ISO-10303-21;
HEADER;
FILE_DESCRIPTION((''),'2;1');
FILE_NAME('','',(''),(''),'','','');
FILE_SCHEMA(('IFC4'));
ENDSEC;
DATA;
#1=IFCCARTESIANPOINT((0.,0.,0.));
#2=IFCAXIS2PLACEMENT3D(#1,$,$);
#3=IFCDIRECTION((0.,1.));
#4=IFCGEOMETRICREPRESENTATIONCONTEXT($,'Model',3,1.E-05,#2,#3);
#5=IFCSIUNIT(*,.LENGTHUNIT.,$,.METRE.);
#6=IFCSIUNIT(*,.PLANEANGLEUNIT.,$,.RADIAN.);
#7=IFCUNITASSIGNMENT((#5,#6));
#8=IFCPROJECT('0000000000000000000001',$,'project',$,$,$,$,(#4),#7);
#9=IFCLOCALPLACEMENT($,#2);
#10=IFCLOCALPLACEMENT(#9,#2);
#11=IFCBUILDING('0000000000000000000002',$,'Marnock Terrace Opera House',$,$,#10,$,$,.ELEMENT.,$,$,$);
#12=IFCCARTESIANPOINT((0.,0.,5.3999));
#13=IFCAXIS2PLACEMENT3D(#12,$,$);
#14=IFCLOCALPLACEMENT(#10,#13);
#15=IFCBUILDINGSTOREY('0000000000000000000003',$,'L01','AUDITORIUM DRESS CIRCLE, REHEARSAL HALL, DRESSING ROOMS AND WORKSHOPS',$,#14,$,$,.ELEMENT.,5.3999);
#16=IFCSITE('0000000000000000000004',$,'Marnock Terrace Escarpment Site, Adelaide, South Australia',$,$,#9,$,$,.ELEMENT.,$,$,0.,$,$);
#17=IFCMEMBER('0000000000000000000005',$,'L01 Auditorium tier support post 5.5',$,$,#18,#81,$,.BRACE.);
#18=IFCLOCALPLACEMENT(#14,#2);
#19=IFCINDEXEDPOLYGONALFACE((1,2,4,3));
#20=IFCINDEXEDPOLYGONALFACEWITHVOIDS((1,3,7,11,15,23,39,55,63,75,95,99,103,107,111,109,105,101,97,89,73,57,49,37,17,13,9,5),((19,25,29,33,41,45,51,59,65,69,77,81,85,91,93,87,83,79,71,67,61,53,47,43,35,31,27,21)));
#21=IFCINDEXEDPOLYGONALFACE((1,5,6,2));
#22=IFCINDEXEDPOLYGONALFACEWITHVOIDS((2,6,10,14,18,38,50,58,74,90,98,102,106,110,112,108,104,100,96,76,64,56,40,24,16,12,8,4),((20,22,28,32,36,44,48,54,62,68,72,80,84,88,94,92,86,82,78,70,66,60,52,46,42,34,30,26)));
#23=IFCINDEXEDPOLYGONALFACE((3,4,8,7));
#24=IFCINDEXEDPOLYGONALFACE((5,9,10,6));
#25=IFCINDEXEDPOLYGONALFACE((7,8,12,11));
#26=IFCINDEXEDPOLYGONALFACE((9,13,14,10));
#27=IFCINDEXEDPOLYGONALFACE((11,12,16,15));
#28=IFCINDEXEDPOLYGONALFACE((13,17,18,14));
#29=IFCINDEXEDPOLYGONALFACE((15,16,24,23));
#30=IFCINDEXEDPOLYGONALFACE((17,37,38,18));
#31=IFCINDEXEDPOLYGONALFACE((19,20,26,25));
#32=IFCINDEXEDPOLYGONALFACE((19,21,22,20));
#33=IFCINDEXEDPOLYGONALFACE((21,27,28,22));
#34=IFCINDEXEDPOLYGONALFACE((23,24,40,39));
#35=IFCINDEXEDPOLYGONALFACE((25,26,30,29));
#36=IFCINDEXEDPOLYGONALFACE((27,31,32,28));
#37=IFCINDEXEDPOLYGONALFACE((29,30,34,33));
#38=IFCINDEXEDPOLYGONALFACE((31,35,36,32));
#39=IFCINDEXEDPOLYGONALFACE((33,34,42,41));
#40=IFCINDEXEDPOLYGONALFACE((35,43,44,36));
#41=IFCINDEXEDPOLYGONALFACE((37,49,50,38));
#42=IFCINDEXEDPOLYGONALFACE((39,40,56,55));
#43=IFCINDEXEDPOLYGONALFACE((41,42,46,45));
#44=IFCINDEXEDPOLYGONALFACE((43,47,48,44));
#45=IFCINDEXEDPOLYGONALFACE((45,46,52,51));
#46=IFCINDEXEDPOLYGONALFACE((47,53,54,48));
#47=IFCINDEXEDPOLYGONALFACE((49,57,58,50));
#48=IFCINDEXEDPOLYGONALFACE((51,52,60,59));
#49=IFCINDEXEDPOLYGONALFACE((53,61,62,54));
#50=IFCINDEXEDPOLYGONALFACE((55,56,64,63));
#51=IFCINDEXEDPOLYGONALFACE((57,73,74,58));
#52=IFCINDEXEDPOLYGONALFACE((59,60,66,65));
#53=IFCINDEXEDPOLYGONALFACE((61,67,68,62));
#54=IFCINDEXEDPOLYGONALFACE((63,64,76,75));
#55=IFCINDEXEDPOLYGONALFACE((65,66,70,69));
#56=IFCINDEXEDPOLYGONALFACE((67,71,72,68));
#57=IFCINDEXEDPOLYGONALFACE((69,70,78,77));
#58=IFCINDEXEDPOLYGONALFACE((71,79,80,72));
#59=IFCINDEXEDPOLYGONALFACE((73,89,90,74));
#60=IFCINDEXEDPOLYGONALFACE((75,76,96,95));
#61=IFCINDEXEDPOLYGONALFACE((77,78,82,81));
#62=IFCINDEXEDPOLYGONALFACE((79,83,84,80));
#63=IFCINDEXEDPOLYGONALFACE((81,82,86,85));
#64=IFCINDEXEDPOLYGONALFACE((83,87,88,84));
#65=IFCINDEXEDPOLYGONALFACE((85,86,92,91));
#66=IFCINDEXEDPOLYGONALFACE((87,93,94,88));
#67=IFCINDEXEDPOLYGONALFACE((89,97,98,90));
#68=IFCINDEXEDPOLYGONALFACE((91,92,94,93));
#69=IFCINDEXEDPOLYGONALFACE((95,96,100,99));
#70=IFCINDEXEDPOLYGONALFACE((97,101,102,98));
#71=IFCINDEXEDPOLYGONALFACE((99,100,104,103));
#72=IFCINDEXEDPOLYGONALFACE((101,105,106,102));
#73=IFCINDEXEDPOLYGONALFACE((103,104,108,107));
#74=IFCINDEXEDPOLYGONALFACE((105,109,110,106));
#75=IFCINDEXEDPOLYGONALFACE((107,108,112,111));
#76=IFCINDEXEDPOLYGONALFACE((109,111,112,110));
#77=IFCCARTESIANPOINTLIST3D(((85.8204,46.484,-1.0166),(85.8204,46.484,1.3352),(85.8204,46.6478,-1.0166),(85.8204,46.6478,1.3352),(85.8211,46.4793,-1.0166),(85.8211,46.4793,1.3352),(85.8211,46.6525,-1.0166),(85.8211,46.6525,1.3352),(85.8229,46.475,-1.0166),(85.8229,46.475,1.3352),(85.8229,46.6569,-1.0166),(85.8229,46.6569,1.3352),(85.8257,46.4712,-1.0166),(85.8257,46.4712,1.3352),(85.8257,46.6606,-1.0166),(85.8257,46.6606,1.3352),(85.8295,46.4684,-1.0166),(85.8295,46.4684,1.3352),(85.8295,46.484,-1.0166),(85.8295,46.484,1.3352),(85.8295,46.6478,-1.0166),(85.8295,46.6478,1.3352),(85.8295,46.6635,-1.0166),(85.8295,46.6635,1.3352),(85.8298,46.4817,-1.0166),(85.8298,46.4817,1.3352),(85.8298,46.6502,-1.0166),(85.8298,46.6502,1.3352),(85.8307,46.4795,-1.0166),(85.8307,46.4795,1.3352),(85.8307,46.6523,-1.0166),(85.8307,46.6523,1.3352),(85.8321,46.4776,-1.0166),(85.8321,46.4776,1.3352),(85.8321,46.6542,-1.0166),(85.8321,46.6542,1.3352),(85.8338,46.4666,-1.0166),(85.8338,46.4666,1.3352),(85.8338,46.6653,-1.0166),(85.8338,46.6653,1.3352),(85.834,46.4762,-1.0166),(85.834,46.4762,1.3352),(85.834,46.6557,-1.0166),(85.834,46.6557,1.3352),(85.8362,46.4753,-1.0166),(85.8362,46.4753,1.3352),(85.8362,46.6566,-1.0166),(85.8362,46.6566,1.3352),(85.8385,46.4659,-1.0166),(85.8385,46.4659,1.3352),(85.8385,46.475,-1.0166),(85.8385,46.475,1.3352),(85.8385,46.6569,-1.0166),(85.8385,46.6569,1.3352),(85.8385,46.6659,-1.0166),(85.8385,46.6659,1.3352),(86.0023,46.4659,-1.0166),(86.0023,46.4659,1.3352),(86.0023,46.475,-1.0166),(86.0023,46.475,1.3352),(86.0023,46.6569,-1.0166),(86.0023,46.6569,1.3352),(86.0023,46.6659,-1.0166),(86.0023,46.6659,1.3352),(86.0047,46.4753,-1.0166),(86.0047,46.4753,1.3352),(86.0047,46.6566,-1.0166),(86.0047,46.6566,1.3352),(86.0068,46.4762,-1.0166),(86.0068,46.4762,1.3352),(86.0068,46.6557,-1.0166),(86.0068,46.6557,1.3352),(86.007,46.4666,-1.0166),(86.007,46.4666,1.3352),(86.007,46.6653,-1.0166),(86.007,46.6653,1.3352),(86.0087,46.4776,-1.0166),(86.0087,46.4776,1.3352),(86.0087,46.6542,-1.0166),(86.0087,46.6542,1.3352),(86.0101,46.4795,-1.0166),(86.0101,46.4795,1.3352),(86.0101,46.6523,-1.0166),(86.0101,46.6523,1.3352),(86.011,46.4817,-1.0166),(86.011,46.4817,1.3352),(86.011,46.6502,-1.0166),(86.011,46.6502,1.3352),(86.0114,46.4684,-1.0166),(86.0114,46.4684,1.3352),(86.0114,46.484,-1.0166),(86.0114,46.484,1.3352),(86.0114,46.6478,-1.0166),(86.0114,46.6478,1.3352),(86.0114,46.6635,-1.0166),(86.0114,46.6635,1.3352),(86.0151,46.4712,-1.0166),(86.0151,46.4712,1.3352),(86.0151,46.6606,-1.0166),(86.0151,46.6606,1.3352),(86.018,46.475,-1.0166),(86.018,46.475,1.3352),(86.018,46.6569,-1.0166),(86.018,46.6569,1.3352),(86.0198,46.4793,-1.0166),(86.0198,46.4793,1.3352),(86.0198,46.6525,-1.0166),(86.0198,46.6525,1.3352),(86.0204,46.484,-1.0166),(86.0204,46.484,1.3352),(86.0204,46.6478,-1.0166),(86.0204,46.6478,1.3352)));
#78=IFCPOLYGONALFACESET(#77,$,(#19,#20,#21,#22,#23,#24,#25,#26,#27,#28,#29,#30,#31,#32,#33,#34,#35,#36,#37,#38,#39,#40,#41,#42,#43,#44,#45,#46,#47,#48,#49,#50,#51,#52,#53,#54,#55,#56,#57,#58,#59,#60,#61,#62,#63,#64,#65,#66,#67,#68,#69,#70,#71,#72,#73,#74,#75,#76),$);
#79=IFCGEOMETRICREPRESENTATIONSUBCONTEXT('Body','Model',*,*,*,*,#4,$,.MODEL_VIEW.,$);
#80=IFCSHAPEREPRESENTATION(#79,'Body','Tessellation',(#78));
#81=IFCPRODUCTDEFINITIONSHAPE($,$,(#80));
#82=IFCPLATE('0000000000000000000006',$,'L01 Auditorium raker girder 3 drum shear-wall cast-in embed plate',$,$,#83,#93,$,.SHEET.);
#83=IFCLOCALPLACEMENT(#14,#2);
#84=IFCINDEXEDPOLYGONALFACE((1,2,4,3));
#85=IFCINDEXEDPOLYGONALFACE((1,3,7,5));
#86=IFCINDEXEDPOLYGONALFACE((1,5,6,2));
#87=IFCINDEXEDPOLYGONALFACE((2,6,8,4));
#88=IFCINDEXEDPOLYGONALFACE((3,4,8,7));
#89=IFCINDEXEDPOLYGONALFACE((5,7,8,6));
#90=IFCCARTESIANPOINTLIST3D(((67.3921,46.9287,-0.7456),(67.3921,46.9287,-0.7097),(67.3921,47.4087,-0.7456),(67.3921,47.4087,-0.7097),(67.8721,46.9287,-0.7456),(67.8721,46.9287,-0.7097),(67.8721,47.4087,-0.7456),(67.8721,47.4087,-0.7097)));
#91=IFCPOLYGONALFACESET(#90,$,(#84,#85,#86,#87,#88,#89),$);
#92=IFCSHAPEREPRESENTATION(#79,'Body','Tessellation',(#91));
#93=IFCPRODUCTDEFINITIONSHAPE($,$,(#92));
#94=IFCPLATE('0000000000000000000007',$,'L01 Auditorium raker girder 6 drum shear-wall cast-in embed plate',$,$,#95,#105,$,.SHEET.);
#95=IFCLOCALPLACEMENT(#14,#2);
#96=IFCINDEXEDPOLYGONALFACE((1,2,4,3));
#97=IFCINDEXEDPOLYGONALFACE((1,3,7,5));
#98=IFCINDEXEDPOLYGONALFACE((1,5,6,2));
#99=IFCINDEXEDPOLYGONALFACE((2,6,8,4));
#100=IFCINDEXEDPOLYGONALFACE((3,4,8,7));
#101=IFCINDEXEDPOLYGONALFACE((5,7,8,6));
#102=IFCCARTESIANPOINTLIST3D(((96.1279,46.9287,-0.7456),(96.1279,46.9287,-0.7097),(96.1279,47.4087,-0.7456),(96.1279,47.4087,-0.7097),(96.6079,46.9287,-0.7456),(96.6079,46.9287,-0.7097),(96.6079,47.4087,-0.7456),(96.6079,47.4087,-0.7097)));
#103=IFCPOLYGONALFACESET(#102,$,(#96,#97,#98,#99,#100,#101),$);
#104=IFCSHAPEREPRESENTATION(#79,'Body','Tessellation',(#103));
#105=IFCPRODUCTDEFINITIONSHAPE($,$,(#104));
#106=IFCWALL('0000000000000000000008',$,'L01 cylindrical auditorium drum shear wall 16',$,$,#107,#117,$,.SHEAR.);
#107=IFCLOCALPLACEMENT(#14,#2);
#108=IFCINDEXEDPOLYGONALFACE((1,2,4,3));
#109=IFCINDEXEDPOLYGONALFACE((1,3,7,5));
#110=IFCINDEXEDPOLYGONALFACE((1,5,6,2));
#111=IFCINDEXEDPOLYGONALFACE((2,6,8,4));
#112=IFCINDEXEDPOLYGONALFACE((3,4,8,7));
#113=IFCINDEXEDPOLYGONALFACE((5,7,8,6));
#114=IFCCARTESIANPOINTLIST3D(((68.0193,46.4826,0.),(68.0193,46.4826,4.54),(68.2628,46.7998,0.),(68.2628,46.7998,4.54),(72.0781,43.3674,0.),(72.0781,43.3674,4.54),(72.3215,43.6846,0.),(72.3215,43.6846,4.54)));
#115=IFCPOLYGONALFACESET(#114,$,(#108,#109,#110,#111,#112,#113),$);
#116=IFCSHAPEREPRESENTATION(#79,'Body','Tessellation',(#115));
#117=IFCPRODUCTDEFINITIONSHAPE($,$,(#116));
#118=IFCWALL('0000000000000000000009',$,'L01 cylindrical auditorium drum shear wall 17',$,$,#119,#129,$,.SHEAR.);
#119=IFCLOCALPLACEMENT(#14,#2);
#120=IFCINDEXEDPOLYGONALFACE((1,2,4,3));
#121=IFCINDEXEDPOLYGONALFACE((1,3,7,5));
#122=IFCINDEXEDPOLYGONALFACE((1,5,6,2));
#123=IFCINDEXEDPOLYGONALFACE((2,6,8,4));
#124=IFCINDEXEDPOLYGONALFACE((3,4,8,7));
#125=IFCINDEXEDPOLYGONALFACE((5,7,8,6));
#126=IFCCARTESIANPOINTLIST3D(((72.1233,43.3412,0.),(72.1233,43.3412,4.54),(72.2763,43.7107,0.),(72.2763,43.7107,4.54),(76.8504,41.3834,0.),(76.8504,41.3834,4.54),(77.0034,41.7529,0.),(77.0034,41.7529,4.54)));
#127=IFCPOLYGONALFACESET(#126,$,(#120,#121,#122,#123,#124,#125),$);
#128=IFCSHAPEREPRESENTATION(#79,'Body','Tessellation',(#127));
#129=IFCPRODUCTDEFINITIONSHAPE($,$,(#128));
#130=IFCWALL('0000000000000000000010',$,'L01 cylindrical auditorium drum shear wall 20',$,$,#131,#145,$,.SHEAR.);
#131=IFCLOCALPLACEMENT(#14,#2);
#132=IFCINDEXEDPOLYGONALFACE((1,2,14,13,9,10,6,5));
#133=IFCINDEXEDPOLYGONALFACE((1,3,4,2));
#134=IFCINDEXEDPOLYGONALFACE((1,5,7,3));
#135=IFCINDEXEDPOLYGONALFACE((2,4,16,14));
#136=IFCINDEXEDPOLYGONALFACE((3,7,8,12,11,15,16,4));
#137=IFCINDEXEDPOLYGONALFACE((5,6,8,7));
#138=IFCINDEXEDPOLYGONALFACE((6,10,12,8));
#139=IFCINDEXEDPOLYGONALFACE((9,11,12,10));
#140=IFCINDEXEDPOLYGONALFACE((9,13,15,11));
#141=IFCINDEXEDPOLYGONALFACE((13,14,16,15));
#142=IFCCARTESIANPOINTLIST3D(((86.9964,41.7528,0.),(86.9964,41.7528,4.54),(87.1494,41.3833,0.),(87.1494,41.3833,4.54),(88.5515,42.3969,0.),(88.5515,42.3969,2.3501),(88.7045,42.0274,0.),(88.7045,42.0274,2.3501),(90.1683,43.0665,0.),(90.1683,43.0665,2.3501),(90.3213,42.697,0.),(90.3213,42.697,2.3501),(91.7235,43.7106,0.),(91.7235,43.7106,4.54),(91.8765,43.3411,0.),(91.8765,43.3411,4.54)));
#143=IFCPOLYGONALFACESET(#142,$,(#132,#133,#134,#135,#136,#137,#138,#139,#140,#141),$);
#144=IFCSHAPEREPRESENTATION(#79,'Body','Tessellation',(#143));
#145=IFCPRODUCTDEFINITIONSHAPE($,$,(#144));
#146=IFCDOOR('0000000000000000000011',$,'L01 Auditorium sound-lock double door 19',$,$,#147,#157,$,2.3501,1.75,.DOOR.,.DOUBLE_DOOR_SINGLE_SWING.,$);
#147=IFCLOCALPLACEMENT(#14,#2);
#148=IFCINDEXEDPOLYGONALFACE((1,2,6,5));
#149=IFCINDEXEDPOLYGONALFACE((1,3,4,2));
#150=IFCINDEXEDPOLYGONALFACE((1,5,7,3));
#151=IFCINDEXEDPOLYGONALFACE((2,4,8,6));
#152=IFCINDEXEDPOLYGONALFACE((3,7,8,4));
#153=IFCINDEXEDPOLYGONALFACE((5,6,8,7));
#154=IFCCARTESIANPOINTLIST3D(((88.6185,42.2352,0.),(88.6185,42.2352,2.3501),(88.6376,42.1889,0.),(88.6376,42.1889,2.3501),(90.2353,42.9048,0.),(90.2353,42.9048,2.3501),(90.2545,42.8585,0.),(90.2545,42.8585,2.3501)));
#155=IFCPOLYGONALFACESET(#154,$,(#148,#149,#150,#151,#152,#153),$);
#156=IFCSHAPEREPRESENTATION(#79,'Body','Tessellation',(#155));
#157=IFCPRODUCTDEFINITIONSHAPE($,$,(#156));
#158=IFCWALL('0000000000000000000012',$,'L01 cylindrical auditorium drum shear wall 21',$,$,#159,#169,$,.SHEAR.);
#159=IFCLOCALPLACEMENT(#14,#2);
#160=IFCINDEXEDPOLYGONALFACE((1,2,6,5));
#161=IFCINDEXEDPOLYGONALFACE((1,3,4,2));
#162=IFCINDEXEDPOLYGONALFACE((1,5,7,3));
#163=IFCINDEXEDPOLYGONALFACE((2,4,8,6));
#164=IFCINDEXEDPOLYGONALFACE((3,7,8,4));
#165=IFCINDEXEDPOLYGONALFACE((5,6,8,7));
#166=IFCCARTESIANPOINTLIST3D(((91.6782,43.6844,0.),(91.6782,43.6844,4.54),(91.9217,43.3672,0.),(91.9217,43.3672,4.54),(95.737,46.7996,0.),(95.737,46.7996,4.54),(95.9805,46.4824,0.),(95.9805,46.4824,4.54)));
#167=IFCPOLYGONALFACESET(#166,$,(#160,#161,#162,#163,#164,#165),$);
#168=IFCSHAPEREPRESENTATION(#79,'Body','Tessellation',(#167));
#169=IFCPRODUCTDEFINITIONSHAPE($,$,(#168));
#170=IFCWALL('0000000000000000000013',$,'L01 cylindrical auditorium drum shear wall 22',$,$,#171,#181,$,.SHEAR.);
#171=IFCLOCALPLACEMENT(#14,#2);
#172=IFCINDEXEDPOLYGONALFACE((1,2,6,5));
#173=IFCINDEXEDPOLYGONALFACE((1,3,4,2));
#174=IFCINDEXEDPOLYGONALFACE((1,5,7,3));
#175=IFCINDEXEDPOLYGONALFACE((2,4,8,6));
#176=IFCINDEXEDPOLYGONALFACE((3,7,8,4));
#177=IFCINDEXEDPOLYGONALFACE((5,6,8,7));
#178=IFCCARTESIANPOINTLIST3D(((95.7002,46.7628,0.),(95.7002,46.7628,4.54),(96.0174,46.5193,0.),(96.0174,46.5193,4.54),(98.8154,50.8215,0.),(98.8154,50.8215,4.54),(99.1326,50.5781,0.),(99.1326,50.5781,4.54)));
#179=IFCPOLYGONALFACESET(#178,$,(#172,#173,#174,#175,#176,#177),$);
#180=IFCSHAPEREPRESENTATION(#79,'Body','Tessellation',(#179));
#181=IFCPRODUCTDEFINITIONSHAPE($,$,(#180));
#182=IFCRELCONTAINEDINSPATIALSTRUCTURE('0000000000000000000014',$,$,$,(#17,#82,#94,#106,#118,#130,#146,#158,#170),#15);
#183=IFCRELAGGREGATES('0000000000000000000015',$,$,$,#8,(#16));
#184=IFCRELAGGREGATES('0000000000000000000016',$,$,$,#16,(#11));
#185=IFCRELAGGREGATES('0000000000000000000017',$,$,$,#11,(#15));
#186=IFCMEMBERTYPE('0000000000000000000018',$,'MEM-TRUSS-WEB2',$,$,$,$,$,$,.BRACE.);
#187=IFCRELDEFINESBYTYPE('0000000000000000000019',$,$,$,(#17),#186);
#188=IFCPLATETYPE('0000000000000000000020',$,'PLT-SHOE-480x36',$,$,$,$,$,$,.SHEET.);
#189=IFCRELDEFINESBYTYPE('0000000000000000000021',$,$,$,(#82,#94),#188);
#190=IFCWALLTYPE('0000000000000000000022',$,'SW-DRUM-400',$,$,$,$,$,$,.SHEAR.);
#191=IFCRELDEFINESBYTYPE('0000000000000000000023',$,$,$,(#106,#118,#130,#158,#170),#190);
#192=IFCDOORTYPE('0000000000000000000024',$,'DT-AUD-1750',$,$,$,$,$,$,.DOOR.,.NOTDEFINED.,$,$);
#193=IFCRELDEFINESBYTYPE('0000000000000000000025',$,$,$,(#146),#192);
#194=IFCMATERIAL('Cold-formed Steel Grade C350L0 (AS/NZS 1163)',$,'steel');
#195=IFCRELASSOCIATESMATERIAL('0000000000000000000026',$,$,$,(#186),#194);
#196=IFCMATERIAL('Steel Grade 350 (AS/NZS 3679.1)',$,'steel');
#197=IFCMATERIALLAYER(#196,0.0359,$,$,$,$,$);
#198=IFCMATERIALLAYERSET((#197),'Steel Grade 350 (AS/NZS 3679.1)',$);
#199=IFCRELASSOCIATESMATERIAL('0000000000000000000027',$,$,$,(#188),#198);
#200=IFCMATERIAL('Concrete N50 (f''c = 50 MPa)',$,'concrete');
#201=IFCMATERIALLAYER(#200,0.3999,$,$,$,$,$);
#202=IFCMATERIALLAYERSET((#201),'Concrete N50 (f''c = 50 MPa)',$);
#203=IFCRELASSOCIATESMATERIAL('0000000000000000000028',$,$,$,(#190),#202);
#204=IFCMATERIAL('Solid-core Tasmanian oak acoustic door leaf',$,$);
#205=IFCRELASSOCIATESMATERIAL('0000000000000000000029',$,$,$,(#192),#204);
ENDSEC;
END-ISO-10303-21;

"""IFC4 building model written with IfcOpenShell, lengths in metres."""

from ifc_helpers import new_model, si_unit, direction, frame, frame_2d, origin, origin_2d, place, context, subcontext, project, spatial, rectangle, hollow_rectangle, extrude, material, layer, layer_set, material_profile, profile_set, type_object, element, fill, save


model = new_model("IFC4")

# Units and contexts
model_context = context("Model", 3, precision=1e-05, world=origin(), true_north=direction((0.0, 1.0)))
body_context = subcontext(model_context, "Body", "Model", "MODEL_VIEW")
ifc_project = project(units=[si_unit("LENGTHUNIT", "METRE"), si_unit("PLANEANGLEUNIT", "RADIAN")], contexts=[model_context])

# Site, building, storey
site_placement = place(None, origin())
site = spatial("IfcSite", under=ifc_project, at=site_placement, Name="Marnock Terrace Escarpment Site, Adelaide, South Australia", CompositionType="ELEMENT", RefElevation=0.0)
building_placement = place(site_placement, origin())
building = spatial("IfcBuilding", under=site, at=building_placement, Name="Marnock Terrace Opera House", CompositionType="ELEMENT")
storey_placement = place(building_placement, frame((0.0, 0.0, 5.3999)))
storey = spatial("IfcBuildingStorey", under=building, at=storey_placement, Name="L01", Description="AUDITORIUM DRESS CIRCLE, REHEARSAL HALL, DRESSING ROOMS AND WORKSHOPS", CompositionType="ELEMENT", Elevation=5.3999)

# Shared definitions
ifc_material_1 = material(Name="Concrete N50 (f'c = 50 MPa)", Category="concrete")

# Shared definitions
ifc_material_2 = material(Name="Steel Grade 350 (AS/NZS 3679.1)", Category="steel")

# Member
ifc_material_3 = material(Name="Cold-formed Steel Grade C350L0 (AS/NZS 1163)", Category="steel")
ifc_material_profile_1 = material_profile(ifc_material_3, hollow_rectangle(XDim=0.2, YDim=0.2, WallThickness=0.009, InnerFilletRadius=0.009, OuterFilletRadius=0.0181, at=origin_2d()))
ifc_profile_set_1 = profile_set([ifc_material_profile_1], Name="Cold-formed Steel Grade C350L0 (AS/NZS 1163)")
member_type = type_object("IfcMemberType", Name="MEM-TRUSS-WEB2", PredefinedType="BRACE", material=ifc_profile_set_1)
member_1_placement = place(storey_placement, frame((85.9204, 46.5659, -1.0166), z_axis=(0.0, 0.0, 1.0), x_axis=(1.0, 0.0, 0.0)))
element("IfcMember", 1, at=member_1_placement, inside=storey, type_object=member_type, Name="L01 Auditorium tier support post 5.5", PredefinedType="BRACE", context=body_context, shape_type="SweptSolid", body=[
    extrude(hollow_rectangle(XDim=0.2, YDim=0.2, WallThickness=0.009, InnerFilletRadius=0.009, OuterFilletRadius=0.0181, at=origin_2d()), origin(), (0.0, 0.0, 1.0), 2.3518),
])

# Plates
ifc_layer_1 = layer(ifc_material_2, 0.0359)
ifc_layer_set_1 = layer_set([ifc_layer_1], Name="Steel Grade 350 (AS/NZS 3679.1)")
plate_type = type_object("IfcPlateType", Name="PLT-SHOE-480x36", PredefinedType="SHEET", material=ifc_layer_set_1)
for number, where, z_axis, x_axis, name in (
    (2, (67.6321, 47.1687, -0.7456), (0.0, 0.0, 1.0), (1.0, 0.0, 0.0), "L01 Auditorium raker girder 3 drum shear-wall cast-in embed plate"),
    (3, (96.3679, 47.1687, -0.7456), (0.0, 0.0, 1.0), (1.0, 0.0, 0.0), "L01 Auditorium raker girder 6 drum shear-wall cast-in embed plate"),
):
    element("IfcPlate", number, at=place(storey_placement, frame(where, z_axis=z_axis, x_axis=x_axis)), inside=storey, type_object=plate_type, Name=name, PredefinedType="SHEET", context=body_context, shape_type="SweptSolid", body=[
        extrude(rectangle(XDim=0.48, YDim=0.48, at=origin_2d()), origin(), (0.0, 0.0, 1.0), 0.0359),
    ])

# Walls
ifc_layer_2 = layer(ifc_material_1, 0.3999)
ifc_layer_set_2 = layer_set([ifc_layer_2], Name="Concrete N50 (f'c = 50 MPa)")
wall_type = type_object("IfcWallType", Name="SW-DRUM-400", PredefinedType="SHEAR", material=ifc_layer_set_2)
for number, where, z_axis, x_axis, name in (
    (4, (68.1411, 46.6411, 0.0), (0.0, 0.0, 1.0), (0.79328, -0.608857, 0.0), "L01 cylindrical auditorium drum shear wall 16"),
    (5, (72.2, 43.5259, 0.0), (0.0, 0.0, 1.0), (0.923896, -0.382643, 0.0), "L01 cylindrical auditorium drum shear wall 17"),
):
    element("IfcWall", number, at=place(storey_placement, frame(where, z_axis=z_axis, x_axis=x_axis)), inside=storey, type_object=wall_type, Name=name, PredefinedType="SHEAR", context=body_context, shape_type="SweptSolid", body=[
        extrude(rectangle(XDim=5.1165, YDim=0.3999, at=frame_2d((2.5581, 0.0))), origin(), (0.0, 0.0, 1.0), 4.54),
    ])

# Wall, opening, door
wall_placement = place(storey_placement, frame((87.073, 41.5681, 0.0), z_axis=(0.0, 0.0, 1.0), x_axis=(0.923896, 0.382643, 0.0)))
wall = element("IfcWall", 6, at=wall_placement, inside=storey, type_object=wall_type, Name="L01 cylindrical auditorium drum shear wall 20", PredefinedType="SHEAR", context=body_context, shape_type="SweptSolid", body=[
    extrude(rectangle(XDim=5.1165, YDim=0.3999, at=frame_2d((2.5581, 0.0))), origin(), (0.0, 0.0, 1.0), 4.54),
])
opening_placement = place(wall_placement, frame((1.6831, 0.0, 0.0)))
opening = element("IfcOpeningElement", 7, at=opening_placement, cuts=wall, PredefinedType="OPENING", context=body_context, shape_type="SweptSolid", body=[
    extrude(rectangle(XDim=1.75, YDim=2.3501, at=frame_2d((0.875, 1.175))), frame((0.0, 0.21, 0.0), z_axis=(0.0, -1.0, 0.0), x_axis=(1.0, 0.0, 0.0)), (0.0, 0.0, 1.0), 0.4199),
])
ifc_material_4 = material(Name="Solid-core Tasmanian oak acoustic door leaf")
door_type = type_object("IfcDoorType", Name="DT-AUD-1750", OperationType="NOTDEFINED", PredefinedType="DOOR", material=ifc_material_4)
door_placement = place(opening_placement, origin())
door = element("IfcDoor", 8, at=door_placement, inside=storey, type_object=door_type, Name="L01 Auditorium sound-lock double door 19", OperationType="DOUBLE_DOOR_SINGLE_SWING", OverallHeight=2.3501, OverallWidth=1.75, PredefinedType="DOOR", context=body_context, shape_type="SweptSolid", body=[
    extrude(rectangle(XDim=1.75, YDim=2.3501, at=frame_2d((0.875, 1.175))), frame((0.0, 0.0249, 0.0), z_axis=(0.0, -1.0, 0.0), x_axis=(1.0, 0.0, 0.0)), (0.0, 0.0, 1.0), 0.05),
])
fill(opening, door)

# Walls
for number, where, z_axis, x_axis, name in (
    (9, (91.8, 43.5259, 0.0), (0.0, 0.0, 1.0), (0.79328, 0.608857, 0.0), "L01 cylindrical auditorium drum shear wall 21"),
    (10, (95.8589, 46.6411, 0.0), (0.0, 0.0, 1.0), (0.608857, 0.79328, 0.0), "L01 cylindrical auditorium drum shear wall 22"),
):
    element("IfcWall", number, at=place(storey_placement, frame(where, z_axis=z_axis, x_axis=x_axis)), inside=storey, type_object=wall_type, Name=name, PredefinedType="SHEAR", context=body_context, shape_type="SweptSolid", body=[
        extrude(rectangle(XDim=5.1165, YDim=0.3999, at=frame_2d((2.5581, 0.0))), origin(), (0.0, 0.0, 1.0), 4.54),
    ])

save(model, "model.ifc")
